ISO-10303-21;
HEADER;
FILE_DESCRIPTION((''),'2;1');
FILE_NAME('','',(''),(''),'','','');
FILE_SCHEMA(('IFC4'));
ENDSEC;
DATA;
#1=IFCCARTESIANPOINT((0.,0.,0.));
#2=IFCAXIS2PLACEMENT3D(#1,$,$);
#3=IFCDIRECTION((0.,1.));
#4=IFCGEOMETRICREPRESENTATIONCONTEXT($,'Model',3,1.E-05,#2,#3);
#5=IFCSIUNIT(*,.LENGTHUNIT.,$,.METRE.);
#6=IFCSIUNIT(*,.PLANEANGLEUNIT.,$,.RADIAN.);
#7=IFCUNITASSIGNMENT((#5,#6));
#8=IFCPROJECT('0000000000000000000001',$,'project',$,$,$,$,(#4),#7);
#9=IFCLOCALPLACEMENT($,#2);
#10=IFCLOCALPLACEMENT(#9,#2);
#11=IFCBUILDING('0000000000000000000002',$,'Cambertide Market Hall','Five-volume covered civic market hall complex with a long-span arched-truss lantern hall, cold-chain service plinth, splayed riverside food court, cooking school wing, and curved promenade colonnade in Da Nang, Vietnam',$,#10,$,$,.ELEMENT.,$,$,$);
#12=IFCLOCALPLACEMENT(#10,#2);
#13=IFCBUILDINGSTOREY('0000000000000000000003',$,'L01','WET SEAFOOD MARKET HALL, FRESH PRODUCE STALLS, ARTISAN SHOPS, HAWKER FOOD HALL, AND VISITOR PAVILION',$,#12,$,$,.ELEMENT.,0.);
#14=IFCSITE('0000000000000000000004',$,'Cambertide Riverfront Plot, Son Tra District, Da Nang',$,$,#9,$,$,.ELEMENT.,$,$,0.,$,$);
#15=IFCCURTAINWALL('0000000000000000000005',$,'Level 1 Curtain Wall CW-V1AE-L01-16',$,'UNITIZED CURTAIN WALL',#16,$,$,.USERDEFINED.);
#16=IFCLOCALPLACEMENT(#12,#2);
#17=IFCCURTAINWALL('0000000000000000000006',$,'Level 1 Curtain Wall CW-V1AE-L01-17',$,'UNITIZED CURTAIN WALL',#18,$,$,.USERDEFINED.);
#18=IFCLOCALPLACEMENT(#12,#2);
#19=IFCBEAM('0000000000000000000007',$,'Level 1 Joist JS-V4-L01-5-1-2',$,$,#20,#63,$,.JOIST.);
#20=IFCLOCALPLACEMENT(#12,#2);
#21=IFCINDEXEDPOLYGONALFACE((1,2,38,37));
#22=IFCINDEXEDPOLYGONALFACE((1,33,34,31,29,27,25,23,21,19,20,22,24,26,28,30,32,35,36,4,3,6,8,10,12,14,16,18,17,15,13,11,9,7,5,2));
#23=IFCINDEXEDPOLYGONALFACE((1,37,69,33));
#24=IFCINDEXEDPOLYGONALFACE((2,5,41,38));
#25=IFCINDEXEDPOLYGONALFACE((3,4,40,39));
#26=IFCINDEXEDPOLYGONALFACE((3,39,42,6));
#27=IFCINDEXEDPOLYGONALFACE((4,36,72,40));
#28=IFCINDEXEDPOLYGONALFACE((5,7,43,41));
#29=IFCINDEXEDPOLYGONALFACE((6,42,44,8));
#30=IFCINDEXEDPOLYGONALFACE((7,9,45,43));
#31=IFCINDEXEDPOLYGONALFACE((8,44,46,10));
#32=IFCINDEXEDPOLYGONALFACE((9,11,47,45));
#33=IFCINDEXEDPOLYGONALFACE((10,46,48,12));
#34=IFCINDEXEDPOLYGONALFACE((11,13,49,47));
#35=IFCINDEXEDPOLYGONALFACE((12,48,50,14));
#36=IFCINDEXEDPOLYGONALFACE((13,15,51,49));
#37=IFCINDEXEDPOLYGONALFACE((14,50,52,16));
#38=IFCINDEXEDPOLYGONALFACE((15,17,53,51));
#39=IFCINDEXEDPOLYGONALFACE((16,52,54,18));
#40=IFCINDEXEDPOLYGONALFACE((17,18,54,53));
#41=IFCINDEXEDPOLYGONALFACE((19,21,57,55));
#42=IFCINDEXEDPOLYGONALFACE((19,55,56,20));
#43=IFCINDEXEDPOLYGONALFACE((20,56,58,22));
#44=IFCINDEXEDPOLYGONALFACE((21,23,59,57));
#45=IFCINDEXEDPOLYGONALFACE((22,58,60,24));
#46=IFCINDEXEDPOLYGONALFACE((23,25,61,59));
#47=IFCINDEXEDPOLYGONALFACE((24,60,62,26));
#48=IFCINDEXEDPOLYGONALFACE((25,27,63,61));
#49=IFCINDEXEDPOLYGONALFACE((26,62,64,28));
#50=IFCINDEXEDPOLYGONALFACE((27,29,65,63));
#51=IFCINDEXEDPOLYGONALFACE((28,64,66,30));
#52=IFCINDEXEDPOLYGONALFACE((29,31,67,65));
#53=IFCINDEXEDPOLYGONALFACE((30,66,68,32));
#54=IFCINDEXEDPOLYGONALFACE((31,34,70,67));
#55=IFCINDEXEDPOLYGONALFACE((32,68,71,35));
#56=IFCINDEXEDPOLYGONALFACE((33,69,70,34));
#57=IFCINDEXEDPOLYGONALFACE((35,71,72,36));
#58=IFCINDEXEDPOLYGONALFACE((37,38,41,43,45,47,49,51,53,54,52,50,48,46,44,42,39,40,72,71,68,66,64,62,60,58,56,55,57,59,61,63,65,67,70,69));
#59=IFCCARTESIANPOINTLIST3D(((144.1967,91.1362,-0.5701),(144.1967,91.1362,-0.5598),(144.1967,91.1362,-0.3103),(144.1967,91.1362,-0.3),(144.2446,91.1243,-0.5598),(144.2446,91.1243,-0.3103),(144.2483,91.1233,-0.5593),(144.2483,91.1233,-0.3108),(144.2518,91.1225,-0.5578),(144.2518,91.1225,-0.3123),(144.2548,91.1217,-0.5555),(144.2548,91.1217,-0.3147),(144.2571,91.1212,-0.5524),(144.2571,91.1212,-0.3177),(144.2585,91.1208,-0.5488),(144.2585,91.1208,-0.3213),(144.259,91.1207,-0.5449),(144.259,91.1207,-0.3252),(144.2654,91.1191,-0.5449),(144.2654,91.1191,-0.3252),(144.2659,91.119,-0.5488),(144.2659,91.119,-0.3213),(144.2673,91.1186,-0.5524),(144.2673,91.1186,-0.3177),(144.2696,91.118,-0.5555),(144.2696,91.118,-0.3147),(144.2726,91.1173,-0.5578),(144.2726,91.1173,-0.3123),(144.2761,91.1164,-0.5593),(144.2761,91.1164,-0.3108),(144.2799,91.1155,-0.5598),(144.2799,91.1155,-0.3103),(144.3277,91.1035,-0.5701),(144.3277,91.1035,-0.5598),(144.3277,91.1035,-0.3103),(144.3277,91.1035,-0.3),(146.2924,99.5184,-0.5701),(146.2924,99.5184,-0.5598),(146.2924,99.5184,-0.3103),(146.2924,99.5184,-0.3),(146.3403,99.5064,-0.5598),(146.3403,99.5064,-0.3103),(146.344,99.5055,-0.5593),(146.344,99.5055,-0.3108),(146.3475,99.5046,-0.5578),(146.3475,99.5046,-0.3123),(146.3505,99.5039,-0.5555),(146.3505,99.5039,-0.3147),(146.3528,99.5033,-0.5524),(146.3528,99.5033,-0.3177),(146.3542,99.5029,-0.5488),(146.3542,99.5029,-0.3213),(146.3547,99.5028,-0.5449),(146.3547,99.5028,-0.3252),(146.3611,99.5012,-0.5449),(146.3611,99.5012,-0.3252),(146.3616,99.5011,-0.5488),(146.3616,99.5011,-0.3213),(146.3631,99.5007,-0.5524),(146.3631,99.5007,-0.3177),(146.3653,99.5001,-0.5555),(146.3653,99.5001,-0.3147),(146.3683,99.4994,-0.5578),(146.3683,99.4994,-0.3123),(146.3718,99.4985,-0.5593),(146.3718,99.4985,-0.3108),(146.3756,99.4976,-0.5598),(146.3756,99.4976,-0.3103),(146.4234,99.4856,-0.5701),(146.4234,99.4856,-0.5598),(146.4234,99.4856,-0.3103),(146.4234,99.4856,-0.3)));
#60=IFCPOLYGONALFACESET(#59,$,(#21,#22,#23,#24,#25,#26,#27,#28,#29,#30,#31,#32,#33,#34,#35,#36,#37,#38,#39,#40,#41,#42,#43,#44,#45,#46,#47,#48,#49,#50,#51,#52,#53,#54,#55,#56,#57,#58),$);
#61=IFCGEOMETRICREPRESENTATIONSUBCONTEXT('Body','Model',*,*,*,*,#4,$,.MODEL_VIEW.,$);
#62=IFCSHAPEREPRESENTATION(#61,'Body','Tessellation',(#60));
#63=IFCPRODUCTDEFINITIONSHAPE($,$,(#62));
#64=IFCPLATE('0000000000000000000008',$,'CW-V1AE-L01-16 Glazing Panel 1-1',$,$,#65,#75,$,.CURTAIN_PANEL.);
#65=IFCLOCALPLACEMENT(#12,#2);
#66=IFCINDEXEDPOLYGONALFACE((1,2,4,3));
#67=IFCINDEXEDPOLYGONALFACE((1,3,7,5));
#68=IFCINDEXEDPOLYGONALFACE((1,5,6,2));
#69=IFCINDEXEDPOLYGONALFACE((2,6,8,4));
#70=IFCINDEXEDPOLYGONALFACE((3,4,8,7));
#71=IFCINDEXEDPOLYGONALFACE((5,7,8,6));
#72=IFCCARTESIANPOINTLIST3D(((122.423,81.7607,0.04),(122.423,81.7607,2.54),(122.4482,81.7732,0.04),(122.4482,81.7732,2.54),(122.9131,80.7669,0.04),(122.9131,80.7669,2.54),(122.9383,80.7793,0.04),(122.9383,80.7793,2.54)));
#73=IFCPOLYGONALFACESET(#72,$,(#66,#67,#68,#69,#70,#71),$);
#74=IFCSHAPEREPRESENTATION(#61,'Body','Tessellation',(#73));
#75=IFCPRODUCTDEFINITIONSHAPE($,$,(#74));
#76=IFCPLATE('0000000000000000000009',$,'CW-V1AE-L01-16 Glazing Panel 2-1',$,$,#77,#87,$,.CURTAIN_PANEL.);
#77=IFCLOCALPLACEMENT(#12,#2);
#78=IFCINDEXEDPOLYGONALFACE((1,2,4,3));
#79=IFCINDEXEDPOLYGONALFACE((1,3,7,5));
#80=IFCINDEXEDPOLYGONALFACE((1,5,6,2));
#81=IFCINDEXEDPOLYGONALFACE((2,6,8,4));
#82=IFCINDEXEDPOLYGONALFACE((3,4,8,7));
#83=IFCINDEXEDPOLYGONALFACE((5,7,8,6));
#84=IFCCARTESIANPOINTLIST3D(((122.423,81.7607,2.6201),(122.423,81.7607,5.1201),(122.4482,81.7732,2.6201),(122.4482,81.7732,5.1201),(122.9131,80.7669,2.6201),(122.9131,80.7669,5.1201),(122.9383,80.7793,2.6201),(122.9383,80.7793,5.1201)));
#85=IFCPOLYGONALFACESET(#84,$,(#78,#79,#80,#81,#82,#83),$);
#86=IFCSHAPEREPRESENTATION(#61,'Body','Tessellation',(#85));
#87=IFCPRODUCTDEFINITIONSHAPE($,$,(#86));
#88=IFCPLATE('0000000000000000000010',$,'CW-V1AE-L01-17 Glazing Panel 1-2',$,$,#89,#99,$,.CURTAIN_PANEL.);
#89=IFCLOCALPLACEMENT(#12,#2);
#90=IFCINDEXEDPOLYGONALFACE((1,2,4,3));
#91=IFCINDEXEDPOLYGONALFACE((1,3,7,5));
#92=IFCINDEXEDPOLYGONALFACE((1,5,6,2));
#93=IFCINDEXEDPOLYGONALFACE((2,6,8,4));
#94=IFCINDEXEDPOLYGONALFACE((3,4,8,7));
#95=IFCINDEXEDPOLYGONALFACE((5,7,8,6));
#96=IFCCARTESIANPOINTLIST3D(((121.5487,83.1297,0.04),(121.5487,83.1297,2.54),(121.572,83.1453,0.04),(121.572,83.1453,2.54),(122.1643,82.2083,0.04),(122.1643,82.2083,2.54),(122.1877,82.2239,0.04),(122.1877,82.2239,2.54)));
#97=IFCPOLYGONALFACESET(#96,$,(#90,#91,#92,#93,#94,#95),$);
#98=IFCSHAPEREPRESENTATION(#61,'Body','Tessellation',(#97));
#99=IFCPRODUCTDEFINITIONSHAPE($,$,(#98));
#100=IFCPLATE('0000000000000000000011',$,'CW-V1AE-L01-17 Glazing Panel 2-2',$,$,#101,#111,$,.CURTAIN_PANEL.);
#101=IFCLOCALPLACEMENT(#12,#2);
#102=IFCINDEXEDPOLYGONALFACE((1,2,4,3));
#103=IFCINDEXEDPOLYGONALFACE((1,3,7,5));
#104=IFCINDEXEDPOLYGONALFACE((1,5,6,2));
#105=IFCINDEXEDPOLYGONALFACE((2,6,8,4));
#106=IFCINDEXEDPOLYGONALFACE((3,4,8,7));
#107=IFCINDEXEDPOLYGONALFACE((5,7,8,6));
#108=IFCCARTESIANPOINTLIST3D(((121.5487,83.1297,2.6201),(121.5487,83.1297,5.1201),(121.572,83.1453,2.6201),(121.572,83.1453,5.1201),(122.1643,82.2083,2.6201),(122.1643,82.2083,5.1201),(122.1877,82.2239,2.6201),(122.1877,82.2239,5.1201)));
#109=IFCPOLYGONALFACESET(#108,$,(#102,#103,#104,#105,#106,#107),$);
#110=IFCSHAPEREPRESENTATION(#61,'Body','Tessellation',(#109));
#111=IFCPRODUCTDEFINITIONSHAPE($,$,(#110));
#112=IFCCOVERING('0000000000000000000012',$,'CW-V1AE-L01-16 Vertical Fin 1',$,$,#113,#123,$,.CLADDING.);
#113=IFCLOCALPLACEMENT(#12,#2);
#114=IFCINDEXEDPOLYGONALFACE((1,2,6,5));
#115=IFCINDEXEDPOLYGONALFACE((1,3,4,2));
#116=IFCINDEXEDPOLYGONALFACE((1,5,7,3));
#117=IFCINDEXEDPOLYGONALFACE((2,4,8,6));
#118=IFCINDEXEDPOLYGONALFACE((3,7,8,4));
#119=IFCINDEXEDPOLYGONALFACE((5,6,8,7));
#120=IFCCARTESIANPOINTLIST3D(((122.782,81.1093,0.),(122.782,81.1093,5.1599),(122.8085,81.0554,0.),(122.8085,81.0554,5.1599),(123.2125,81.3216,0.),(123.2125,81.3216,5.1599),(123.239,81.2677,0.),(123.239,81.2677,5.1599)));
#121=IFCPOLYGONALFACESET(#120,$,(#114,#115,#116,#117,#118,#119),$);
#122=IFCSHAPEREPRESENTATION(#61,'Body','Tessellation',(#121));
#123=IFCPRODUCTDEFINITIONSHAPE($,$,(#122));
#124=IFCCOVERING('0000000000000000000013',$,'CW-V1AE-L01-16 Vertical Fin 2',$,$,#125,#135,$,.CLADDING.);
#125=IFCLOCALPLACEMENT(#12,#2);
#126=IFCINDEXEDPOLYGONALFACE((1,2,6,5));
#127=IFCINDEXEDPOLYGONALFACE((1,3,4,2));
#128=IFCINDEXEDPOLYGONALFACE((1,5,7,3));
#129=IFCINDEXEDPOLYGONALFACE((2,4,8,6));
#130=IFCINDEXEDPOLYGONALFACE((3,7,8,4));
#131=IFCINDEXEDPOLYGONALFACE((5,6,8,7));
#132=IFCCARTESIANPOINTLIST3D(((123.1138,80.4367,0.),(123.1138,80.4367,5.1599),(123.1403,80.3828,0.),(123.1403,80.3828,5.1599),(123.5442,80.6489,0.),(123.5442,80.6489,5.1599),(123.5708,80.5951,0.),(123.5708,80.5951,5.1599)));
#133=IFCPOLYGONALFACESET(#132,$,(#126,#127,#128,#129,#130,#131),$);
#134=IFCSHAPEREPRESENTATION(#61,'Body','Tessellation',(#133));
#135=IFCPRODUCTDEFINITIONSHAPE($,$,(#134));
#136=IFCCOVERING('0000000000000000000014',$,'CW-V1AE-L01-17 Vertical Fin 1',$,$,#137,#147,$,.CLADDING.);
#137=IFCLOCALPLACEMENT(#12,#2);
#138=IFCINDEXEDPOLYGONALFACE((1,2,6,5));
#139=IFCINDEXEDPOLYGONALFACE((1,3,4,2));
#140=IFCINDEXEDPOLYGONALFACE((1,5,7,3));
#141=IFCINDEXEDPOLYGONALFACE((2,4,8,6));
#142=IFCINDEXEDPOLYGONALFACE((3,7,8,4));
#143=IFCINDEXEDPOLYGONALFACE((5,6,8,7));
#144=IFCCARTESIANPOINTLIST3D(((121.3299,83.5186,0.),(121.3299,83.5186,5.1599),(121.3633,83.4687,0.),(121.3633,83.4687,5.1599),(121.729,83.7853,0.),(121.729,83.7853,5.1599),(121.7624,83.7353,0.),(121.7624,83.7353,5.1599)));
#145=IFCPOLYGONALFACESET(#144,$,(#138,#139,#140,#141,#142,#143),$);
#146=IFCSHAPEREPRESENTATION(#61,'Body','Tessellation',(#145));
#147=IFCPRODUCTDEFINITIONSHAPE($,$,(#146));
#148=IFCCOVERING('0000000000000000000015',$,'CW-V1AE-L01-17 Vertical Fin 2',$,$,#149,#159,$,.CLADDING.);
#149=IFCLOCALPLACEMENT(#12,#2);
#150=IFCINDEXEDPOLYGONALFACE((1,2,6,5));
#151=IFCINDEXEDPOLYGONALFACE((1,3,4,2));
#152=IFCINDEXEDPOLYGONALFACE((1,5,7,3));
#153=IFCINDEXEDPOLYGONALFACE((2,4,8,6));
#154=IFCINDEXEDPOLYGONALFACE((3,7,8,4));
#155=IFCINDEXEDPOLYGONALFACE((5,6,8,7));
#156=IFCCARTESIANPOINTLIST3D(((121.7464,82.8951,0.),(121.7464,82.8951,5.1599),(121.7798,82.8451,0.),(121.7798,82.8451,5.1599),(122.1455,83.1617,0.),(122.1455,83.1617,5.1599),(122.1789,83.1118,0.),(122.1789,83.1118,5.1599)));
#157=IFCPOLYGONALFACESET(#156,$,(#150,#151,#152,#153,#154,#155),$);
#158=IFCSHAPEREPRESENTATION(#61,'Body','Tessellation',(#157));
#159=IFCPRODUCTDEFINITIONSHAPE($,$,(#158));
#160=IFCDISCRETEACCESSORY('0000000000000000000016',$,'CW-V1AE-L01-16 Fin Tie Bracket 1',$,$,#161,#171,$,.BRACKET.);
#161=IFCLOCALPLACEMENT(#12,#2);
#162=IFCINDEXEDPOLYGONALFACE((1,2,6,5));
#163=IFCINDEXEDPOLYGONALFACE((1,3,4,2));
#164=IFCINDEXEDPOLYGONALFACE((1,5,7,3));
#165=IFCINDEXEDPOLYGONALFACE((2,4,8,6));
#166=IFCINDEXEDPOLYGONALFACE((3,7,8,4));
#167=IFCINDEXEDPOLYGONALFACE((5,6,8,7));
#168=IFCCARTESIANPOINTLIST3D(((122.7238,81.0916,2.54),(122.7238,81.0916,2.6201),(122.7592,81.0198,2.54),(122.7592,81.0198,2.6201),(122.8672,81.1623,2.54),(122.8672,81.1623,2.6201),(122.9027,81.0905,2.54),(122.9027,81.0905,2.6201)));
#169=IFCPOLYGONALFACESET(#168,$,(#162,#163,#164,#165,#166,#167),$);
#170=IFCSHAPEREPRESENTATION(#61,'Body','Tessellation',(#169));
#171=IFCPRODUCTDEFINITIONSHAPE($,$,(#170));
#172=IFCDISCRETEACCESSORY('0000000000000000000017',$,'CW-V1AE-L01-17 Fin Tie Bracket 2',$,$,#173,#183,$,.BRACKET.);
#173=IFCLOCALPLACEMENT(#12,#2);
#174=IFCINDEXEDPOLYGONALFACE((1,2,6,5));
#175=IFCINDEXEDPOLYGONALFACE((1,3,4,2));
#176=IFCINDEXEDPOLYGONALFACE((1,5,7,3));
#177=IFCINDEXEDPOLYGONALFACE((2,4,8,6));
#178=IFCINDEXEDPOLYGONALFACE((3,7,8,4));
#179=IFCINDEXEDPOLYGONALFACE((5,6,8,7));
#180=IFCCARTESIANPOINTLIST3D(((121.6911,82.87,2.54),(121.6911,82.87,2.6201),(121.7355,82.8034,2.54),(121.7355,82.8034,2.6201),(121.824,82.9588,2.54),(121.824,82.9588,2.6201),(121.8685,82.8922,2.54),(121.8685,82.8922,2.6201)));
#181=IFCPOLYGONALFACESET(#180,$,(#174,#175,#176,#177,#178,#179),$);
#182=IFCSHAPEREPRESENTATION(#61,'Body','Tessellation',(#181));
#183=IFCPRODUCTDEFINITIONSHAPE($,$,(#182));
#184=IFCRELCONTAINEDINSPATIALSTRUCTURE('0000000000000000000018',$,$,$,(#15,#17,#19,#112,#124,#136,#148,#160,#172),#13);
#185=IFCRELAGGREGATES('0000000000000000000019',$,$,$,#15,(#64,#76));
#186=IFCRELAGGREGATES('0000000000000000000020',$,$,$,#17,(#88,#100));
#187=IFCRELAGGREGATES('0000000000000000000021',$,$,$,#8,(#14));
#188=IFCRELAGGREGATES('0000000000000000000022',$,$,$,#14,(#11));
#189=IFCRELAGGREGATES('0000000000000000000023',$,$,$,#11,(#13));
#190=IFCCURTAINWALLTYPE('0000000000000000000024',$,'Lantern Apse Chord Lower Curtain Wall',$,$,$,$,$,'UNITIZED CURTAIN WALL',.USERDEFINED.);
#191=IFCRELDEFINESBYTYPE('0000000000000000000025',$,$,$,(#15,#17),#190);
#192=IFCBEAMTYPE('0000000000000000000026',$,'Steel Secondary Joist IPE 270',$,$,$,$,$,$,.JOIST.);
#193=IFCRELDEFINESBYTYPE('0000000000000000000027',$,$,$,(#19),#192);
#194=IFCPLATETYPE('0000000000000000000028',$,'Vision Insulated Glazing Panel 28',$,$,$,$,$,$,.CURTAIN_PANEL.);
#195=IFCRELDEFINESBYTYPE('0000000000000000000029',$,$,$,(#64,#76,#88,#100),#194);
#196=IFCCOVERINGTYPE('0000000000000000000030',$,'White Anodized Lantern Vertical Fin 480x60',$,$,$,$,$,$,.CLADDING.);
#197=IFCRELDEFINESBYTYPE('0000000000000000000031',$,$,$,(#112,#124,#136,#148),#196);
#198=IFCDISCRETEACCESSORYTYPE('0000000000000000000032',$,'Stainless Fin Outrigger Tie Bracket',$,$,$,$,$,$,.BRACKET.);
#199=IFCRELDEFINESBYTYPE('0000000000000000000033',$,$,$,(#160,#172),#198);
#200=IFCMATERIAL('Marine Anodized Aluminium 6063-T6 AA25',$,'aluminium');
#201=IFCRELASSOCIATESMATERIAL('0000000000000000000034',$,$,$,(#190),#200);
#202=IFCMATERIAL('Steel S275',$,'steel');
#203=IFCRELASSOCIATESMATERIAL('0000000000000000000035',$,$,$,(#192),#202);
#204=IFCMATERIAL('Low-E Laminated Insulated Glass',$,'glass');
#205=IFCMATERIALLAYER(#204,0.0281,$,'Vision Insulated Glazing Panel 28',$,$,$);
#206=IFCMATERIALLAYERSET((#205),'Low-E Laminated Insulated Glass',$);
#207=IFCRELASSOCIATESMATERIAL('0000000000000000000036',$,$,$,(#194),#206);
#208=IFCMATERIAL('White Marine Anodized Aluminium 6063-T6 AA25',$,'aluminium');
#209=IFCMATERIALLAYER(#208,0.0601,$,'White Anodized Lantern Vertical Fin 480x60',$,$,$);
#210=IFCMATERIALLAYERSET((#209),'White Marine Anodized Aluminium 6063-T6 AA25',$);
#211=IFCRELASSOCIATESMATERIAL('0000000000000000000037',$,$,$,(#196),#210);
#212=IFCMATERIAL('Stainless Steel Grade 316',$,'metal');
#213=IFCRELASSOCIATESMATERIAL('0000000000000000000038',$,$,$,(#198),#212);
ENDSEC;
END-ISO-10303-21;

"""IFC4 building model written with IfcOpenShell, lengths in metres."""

from ifc_helpers import new_model, si_unit, direction, frame, origin, origin_2d, place, context, subcontext, project, spatial, rectangle, i_section, extrude, material, layer, layer_set, material_profile, profile_set, type_object, element, aggregate, save


model = new_model("IFC4")

# Units and contexts
model_context = context("Model", 3, precision=1e-05, world=origin(), true_north=direction((0.0, 1.0)))
body_context = subcontext(model_context, "Body", "Model", "MODEL_VIEW")
ifc_project = project(units=[si_unit("LENGTHUNIT", "METRE"), si_unit("PLANEANGLEUNIT", "RADIAN")], contexts=[model_context])

# Site, building, storey
site_placement = place(None, origin())
site = spatial("IfcSite", under=ifc_project, at=site_placement, Name="Cambertide Riverfront Plot, Son Tra District, Da Nang", CompositionType="ELEMENT", RefElevation=0.0)
building_placement = place(site_placement, origin())
building = spatial("IfcBuilding", under=site, at=building_placement, Name="Cambertide Market Hall", Description="Five-volume covered civic market hall complex with a long-span arched-truss lantern hall, cold-chain service plinth, splayed riverside food court, cooking school wing, and curved promenade colonnade in Da Nang, Vietnam", CompositionType="ELEMENT")
storey_placement = place(building_placement, origin())
storey = spatial("IfcBuildingStorey", under=building, at=storey_placement, Name="L01", Description="WET SEAFOOD MARKET HALL, FRESH PRODUCE STALLS, ARTISAN SHOPS, HAWKER FOOD HALL, AND VISITOR PAVILION", CompositionType="ELEMENT", Elevation=0.0)

# Curtain wall
ifc_material_1 = material(Name="Marine Anodized Aluminium 6063-T6 AA25", Category="aluminium")
curtain_wall_type = type_object("IfcCurtainWallType", Name="Lantern Apse Chord Lower Curtain Wall", ElementType="UNITIZED CURTAIN WALL", PredefinedType="USERDEFINED", material=ifc_material_1)
curtain_wall_1_placement = place(storey_placement, origin())
curtain_wall_1 = element("IfcCurtainWall", 1, at=curtain_wall_1_placement, inside=storey, type_object=curtain_wall_type, Name="Level 1 Curtain Wall CW-V1AE-L01-16", ObjectType="UNITIZED CURTAIN WALL", PredefinedType="USERDEFINED")

# Curtain wall
curtain_wall_2_placement = place(storey_placement, origin())
curtain_wall_2 = element("IfcCurtainWall", 2, at=curtain_wall_2_placement, inside=storey, type_object=curtain_wall_type, Name="Level 1 Curtain Wall CW-V1AE-L01-17", ObjectType="UNITIZED CURTAIN WALL", PredefinedType="USERDEFINED")

# Beam
ifc_material_2 = material(Name="Steel S275", Category="steel")
ifc_material_profile_1 = material_profile(ifc_material_2, i_section(OverallWidth=0.135, OverallDepth=0.27, WebThickness=0.0066, FlangeThickness=0.0103, FilletRadius=0.0149, at=origin_2d()), Name="IPE 270")
ifc_profile_set_1 = profile_set([ifc_material_profile_1], Name="Steel S275")
beam_type_1 = type_object("IfcBeamType", Name="Steel Secondary Joist IPE 270", PredefinedType="JOIST", material=ifc_profile_set_1)
beam_1_placement = place(storey_placement, frame((144.2622, 91.1199, -0.4351), z_axis=(0.242556, 0.970138, 0.0), x_axis=(-0.970138, 0.242556, 0.0)))
element("IfcBeam", 3, at=beam_1_placement, inside=storey, type_object=beam_type_1, Name="Level 1 Joist JS-V4-L01-5-1-2", PredefinedType="JOIST", context=body_context, shape_type="SweptSolid", body=[
    extrude(i_section(OverallWidth=0.135, OverallDepth=0.27, WebThickness=0.0066, FlangeThickness=0.0103, FilletRadius=0.0149, at=origin_2d()), origin(), (0.0, 0.0, 1.0), 8.6401),
])

# Plates
ifc_material_3 = material(Name="Low-E Laminated Insulated Glass", Category="glass")
ifc_layer_1 = layer(ifc_material_3, 0.0281, Name="Vision Insulated Glazing Panel 28")
ifc_layer_set_1 = layer_set([ifc_layer_1], Name="Low-E Laminated Insulated Glass")
plate_type = type_object("IfcPlateType", Name="Vision Insulated Glazing Panel 28", PredefinedType="CURTAIN_PANEL", material=ifc_layer_set_1)
plate_1_placement = place(storey_placement, frame((122.6807, 81.27, 0.04), z_axis=(0.0, 0.0, 1.0), x_axis=(0.442289, -0.896873, 0.0)))
plate_1 = element("IfcPlate", 4, at=plate_1_placement, type_object=plate_type, Name="CW-V1AE-L01-16 Glazing Panel 1-1", PredefinedType="CURTAIN_PANEL", context=body_context, shape_type="SweptSolid", body=[
    extrude(rectangle(XDim=1.1082, YDim=0.0281, at=origin_2d()), origin(), (0.0, 0.0, 1.0), 2.5),
])
plate_2_placement = place(storey_placement, frame((122.6807, 81.27, 2.6201), z_axis=(0.0, 0.0, 1.0), x_axis=(0.442289, -0.896873, 0.0)))
plate_2 = element("IfcPlate", 5, at=plate_2_placement, type_object=plate_type, Name="CW-V1AE-L01-16 Glazing Panel 2-1", PredefinedType="CURTAIN_PANEL", context=body_context, shape_type="SweptSolid", body=[
    extrude(rectangle(XDim=1.1082, YDim=0.0281, at=origin_2d()), origin(), (0.0, 0.0, 1.0), 2.5),
])
aggregate(curtain_wall_1, [plate_1, plate_2])
plate_3_placement = place(storey_placement, frame((121.8682, 82.6768, 0.04), z_axis=(0.0, 0.0, 1.0), x_axis=(0.55557, -0.83147, 0.0)))
plate_3 = element("IfcPlate", 6, at=plate_3_placement, type_object=plate_type, Name="CW-V1AE-L01-17 Glazing Panel 1-2", PredefinedType="CURTAIN_PANEL", context=body_context, shape_type="SweptSolid", body=[
    extrude(rectangle(XDim=1.1082, YDim=0.0281, at=origin_2d()), origin(), (0.0, 0.0, 1.0), 2.5),
])
plate_4_placement = place(storey_placement, frame((121.8682, 82.6768, 2.6201), z_axis=(0.0, 0.0, 1.0), x_axis=(0.55557, -0.83147, 0.0)))
plate_4 = element("IfcPlate", 7, at=plate_4_placement, type_object=plate_type, Name="CW-V1AE-L01-17 Glazing Panel 2-2", PredefinedType="CURTAIN_PANEL", context=body_context, shape_type="SweptSolid", body=[
    extrude(rectangle(XDim=1.1082, YDim=0.0281, at=origin_2d()), origin(), (0.0, 0.0, 1.0), 2.5),
])
aggregate(curtain_wall_2, [plate_3, plate_4])

# Coverings
ifc_material_4 = material(Name="White Marine Anodized Aluminium 6063-T6 AA25", Category="aluminium")
ifc_layer_2 = layer(ifc_material_4, 0.0601, Name="White Anodized Lantern Vertical Fin 480x60")
ifc_layer_set_2 = layer_set([ifc_layer_2], Name="White Marine Anodized Aluminium 6063-T6 AA25")
covering_type = type_object("IfcCoveringType", Name="White Anodized Lantern Vertical Fin 480x60", PredefinedType="CLADDING", material=ifc_layer_set_2)
for number, where, z_axis, x_axis, name in (
    (8, (123.0105, 81.1885, 0.0), (0.0, 0.0, 1.0), (0.442289, -0.896873, 0.0), "CW-V1AE-L01-16 Vertical Fin 1"),
    (9, (123.3423, 80.5159, 0.0), (0.0, 0.0, 1.0), (0.442289, -0.896873, 0.0), "CW-V1AE-L01-16 Vertical Fin 2"),
    (10, (121.5461, 83.627, 0.0), (0.0, 0.0, 1.0), (0.55557, -0.83147, 0.0), "CW-V1AE-L01-17 Vertical Fin 1"),
    (11, (121.9626, 83.0034, 0.0), (0.0, 0.0, 1.0), (0.55557, -0.83147, 0.0), "CW-V1AE-L01-17 Vertical Fin 2"),
):
    element("IfcCovering", number, at=place(storey_placement, frame(where, z_axis=z_axis, x_axis=x_axis)), inside=storey, type_object=covering_type, Name=name, PredefinedType="CLADDING", context=body_context, shape_type="SweptSolid", body=[
        extrude(rectangle(XDim=0.0601, YDim=0.48, at=origin_2d()), origin(), (0.0, 0.0, 1.0), 5.1599),
    ])

# Discrete accessories
ifc_material_5 = material(Name="Stainless Steel Grade 316", Category="metal")
discrete_accessory_type = type_object("IfcDiscreteAccessoryType", Name="Stainless Fin Outrigger Tie Bracket", PredefinedType="BRACKET", material=ifc_material_5)
for number, where, z_axis, x_axis, name in (
    (12, (122.8132, 81.0911, 2.54), (0.0, 0.0, 1.0), (0.442289, -0.896873, 0.0), "CW-V1AE-L01-16 Fin Tie Bracket 1"),
    (13, (121.7798, 82.8811, 2.54), (0.0, 0.0, 1.0), (0.55557, -0.83147, 0.0), "CW-V1AE-L01-17 Fin Tie Bracket 2"),
):
    element("IfcDiscreteAccessory", number, at=place(storey_placement, frame(where, z_axis=z_axis, x_axis=x_axis)), inside=storey, type_object=discrete_accessory_type, Name=name, PredefinedType="BRACKET", context=body_context, shape_type="SweptSolid", body=[
        extrude(rectangle(XDim=0.0801, YDim=0.1599, at=origin_2d()), origin(), (0.0, 0.0, 1.0), 0.0801),
    ])

save(model, "model.ifc")
